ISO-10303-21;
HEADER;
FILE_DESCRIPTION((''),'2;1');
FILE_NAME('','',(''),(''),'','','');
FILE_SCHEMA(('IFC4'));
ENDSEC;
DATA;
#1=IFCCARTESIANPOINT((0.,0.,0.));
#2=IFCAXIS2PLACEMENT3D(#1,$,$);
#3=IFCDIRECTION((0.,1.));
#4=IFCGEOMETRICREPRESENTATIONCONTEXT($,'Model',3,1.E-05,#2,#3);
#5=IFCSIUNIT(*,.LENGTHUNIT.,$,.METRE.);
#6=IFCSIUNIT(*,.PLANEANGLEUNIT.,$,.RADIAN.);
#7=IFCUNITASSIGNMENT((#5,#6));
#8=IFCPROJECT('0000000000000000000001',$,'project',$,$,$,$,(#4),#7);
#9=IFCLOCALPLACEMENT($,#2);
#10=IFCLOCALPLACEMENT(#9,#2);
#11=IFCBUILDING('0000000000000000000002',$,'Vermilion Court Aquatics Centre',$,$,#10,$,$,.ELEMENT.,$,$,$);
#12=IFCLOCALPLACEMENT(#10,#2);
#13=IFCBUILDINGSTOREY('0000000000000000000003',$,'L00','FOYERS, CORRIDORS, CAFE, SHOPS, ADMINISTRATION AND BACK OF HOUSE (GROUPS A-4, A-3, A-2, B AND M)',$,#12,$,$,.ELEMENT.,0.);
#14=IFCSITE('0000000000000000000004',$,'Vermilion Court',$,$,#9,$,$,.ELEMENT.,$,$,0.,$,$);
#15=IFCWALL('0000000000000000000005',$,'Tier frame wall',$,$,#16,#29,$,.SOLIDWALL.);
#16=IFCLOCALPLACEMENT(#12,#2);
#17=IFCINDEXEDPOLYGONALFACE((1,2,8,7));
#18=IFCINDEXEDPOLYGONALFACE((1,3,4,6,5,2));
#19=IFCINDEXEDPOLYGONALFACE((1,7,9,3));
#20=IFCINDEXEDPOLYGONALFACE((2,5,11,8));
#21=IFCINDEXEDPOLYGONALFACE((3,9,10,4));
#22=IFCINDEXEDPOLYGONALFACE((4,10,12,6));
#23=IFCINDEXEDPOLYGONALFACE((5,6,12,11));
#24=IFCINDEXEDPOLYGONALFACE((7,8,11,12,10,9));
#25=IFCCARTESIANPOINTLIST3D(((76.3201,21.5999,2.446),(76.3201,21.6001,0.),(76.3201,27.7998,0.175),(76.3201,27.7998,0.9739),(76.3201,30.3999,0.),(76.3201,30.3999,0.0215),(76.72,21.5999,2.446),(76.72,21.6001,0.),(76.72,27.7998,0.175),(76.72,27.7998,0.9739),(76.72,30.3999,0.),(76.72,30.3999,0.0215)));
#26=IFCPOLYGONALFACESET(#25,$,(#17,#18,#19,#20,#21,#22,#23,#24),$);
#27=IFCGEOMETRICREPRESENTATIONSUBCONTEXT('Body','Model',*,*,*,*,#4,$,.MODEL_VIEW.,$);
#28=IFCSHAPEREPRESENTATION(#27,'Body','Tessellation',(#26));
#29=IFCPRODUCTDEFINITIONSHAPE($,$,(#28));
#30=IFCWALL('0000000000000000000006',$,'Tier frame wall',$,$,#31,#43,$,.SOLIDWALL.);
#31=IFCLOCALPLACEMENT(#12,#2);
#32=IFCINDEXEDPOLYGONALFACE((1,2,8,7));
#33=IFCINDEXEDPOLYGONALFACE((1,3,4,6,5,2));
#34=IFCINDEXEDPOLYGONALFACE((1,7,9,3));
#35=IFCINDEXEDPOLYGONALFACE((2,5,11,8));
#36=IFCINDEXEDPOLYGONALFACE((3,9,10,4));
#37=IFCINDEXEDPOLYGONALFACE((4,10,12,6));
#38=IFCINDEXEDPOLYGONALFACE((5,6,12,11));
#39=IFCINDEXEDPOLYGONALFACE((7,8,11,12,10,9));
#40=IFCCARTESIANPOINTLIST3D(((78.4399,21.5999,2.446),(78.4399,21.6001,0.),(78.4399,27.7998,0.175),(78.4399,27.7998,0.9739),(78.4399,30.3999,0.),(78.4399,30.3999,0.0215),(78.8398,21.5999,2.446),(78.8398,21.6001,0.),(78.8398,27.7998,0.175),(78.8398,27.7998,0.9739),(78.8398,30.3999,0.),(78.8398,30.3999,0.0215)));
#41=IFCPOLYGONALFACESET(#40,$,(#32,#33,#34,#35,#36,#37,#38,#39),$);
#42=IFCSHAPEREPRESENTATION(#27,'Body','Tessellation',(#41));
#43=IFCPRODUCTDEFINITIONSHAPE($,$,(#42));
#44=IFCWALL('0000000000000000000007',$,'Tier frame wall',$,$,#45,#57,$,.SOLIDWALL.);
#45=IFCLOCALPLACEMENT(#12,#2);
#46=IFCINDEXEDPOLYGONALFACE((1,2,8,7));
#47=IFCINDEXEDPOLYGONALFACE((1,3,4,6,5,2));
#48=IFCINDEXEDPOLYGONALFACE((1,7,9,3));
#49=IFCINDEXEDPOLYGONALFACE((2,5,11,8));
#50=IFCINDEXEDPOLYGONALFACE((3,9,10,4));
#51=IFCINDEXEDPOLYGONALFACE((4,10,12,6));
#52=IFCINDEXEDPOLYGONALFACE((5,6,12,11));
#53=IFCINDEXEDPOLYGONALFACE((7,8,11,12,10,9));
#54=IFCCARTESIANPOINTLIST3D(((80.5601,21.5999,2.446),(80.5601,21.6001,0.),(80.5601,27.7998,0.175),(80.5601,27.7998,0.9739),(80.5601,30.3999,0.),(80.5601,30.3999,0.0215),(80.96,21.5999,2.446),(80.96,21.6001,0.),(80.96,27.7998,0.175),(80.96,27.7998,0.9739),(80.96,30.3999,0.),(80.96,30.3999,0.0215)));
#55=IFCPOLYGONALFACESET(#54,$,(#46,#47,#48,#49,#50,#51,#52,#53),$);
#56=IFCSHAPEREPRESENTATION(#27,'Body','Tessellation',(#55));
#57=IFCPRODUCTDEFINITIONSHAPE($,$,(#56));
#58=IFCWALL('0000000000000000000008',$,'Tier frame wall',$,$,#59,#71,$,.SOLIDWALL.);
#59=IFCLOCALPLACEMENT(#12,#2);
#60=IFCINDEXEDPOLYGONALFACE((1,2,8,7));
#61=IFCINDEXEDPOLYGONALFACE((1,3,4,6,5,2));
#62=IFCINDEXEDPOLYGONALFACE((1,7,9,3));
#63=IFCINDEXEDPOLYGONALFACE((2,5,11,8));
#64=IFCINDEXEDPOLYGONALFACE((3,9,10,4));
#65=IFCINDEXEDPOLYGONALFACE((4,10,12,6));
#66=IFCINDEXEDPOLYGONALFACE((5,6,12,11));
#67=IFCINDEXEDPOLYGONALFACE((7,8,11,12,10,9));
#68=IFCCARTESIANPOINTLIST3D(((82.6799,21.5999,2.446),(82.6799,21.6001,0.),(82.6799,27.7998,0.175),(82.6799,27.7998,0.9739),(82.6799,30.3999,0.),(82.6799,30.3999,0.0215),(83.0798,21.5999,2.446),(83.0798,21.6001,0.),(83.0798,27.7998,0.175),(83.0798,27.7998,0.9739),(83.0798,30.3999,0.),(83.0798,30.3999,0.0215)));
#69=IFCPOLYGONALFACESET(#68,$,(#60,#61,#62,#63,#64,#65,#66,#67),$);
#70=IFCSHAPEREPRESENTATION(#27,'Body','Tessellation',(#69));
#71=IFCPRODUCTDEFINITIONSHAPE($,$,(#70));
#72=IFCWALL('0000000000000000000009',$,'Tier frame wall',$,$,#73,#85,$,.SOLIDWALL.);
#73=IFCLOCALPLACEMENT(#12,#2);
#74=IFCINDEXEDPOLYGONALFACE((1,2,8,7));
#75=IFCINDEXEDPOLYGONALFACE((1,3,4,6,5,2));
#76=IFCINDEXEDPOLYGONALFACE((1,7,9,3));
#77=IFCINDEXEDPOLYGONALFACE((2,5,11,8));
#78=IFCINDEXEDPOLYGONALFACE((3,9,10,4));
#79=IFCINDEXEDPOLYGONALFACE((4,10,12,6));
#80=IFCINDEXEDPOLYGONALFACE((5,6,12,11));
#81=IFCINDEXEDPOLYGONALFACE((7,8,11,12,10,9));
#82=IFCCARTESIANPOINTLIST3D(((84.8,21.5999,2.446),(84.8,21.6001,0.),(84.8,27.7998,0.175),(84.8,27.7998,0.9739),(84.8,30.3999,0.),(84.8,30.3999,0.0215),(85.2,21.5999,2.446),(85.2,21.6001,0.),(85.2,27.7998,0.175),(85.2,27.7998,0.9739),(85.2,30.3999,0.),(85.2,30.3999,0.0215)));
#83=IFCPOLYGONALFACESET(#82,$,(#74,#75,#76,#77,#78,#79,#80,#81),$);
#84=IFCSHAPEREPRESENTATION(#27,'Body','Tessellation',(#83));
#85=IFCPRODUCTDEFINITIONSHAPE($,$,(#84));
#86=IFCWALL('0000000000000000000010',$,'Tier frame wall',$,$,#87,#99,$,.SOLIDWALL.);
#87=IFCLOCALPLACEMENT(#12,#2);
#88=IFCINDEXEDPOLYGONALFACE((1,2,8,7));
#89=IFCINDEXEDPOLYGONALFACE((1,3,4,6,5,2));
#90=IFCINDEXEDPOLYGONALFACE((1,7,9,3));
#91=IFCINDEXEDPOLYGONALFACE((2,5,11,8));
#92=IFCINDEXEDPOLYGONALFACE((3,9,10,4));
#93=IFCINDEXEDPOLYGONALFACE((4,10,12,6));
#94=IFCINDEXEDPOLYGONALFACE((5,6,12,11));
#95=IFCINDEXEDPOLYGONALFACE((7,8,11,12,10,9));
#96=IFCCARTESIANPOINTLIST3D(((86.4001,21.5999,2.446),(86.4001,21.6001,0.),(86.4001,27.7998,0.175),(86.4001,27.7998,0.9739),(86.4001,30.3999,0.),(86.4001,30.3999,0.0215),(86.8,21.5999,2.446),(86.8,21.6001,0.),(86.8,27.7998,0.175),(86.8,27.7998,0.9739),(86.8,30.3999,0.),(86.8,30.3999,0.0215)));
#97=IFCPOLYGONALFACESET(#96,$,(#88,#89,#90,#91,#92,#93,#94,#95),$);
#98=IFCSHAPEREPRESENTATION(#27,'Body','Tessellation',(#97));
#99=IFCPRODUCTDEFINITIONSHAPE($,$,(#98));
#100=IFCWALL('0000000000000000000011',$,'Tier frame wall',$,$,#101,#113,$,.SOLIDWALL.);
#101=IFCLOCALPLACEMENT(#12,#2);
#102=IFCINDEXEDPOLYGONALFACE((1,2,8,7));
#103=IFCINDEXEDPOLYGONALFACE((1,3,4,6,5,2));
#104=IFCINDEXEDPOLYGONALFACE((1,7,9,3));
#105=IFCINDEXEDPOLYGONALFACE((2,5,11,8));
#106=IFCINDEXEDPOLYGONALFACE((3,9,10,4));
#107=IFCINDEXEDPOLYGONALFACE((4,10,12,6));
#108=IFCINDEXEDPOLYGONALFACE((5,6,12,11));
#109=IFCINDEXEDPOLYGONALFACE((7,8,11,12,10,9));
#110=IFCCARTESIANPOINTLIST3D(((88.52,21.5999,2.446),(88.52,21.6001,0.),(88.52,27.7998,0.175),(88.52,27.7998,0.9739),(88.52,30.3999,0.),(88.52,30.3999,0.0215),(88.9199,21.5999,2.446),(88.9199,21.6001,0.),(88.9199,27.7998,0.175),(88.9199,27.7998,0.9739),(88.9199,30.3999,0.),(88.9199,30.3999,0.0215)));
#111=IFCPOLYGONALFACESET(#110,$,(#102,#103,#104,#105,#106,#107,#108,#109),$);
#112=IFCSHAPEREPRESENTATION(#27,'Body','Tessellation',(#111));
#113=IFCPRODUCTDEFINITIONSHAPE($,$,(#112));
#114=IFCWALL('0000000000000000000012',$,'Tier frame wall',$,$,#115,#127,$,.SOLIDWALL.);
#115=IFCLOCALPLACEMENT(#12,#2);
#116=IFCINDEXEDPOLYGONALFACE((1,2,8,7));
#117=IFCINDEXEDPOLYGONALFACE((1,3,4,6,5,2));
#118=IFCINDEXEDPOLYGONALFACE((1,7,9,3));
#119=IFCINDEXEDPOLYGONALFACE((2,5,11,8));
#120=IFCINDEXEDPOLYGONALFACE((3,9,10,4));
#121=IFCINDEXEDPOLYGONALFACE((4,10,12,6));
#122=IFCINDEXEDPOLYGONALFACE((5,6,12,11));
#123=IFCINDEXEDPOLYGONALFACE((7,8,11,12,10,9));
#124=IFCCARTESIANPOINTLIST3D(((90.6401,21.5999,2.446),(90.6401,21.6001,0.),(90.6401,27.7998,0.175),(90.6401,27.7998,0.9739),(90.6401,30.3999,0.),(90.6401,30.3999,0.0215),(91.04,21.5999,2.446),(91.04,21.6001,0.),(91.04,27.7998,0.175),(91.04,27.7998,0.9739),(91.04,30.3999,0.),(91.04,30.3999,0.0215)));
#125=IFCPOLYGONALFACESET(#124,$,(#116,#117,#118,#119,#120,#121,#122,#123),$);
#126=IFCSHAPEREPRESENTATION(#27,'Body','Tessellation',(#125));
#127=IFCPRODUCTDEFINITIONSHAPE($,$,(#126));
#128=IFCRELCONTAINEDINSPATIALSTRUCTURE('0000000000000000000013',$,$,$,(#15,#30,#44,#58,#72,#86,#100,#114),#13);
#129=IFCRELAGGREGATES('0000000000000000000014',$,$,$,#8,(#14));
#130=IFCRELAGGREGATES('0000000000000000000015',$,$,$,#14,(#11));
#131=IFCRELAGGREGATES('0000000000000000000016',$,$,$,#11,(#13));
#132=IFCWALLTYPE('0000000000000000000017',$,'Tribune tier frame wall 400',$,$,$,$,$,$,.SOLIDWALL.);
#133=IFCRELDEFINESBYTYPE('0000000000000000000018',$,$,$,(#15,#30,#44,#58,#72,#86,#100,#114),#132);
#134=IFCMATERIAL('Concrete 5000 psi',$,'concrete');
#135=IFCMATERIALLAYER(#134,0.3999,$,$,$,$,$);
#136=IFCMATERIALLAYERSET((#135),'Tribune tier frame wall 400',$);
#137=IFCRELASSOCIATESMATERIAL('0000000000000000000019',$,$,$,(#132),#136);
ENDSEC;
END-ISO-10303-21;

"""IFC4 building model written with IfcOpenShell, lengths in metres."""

from ifc_helpers import new_model, si_unit, direction, frame, origin, place, context, subcontext, project, spatial, polyline, outline, extrude, material, layer, layer_set, type_object, element, save


model = new_model("IFC4")

# Units and contexts
model_context = context("Model", 3, precision=1e-05, world=origin(), true_north=direction((0.0, 1.0)))
body_context = subcontext(model_context, "Body", "Model", "MODEL_VIEW")
ifc_project = project(units=[si_unit("LENGTHUNIT", "METRE"), si_unit("PLANEANGLEUNIT", "RADIAN")], contexts=[model_context])

# Site, building, storey
site_placement = place(None, origin())
site = spatial("IfcSite", under=ifc_project, at=site_placement, Name="Vermilion Court", CompositionType="ELEMENT", RefElevation=0.0)
building_placement = place(site_placement, origin())
building = spatial("IfcBuilding", under=site, at=building_placement, Name="Vermilion Court Aquatics Centre", CompositionType="ELEMENT")
storey_placement = place(building_placement, origin())
storey = spatial("IfcBuildingStorey", under=building, at=storey_placement, Name="L00", Description="FOYERS, CORRIDORS, CAFE, SHOPS, ADMINISTRATION AND BACK OF HOUSE (GROUPS A-4, A-3, A-2, B AND M)", CompositionType="ELEMENT", Elevation=0.0)

# Walls
ifc_material_1 = material(Name="Concrete 5000 psi", Category="concrete")
ifc_layer_1 = layer(ifc_material_1, 0.3999)
ifc_layer_set_1 = layer_set([ifc_layer_1], Name="Tribune tier frame wall 400")
wall_type_1 = type_object("IfcWallType", Name="Tribune tier frame wall 400", PredefinedType="SOLIDWALL", material=ifc_layer_set_1)
for number, where, z_axis, x_axis, name in (
    (1, (76.52, 30.3999, 0.0), (0.0, 0.0, 1.0), (0.0, -1.0, 0.0), "Tier frame wall"),
    (2, (78.6399, 30.3999, 0.0), (0.0, 0.0, 1.0), (0.0, -1.0, 0.0), "Tier frame wall"),
    (3, (80.76, 30.3999, 0.0), (0.0, 0.0, 1.0), (0.0, -1.0, 0.0), "Tier frame wall"),
    (4, (82.8799, 30.3999, 0.0), (0.0, 0.0, 1.0), (0.0, -1.0, 0.0), "Tier frame wall"),
    (5, (85.0, 30.3999, 0.0), (0.0, 0.0, 1.0), (0.0, -1.0, 0.0), "Tier frame wall"),
    (6, (86.6001, 30.3999, 0.0), (0.0, 0.0, 1.0), (0.0, -1.0, 0.0), "Tier frame wall"),
    (7, (88.72, 30.3999, 0.0), (0.0, 0.0, 1.0), (0.0, -1.0, 0.0), "Tier frame wall"),
    (8, (90.8401, 30.3999, 0.0), (0.0, 0.0, 1.0), (0.0, -1.0, 0.0), "Tier frame wall"),
):
    element("IfcWall", number, at=place(storey_placement, frame(where, z_axis=z_axis, x_axis=x_axis)), inside=storey, type_object=wall_type_1, Name=name, PredefinedType="SOLIDWALL", context=body_context, shape_type="SweptSolid", body=[
        extrude(outline(polyline([(0.0, 0.0), (8.7998, 0.0), (8.8, 2.446), (2.6001, 0.175), (2.6001, 0.9739), (0.0, 0.0215), (0.0, 0.0)])), frame((0.0, 0.2, 0.0), z_axis=(0.0, -1.0, 0.0), x_axis=(1.0, 0.0, 0.0)), (0.0, 0.0, 1.0), 0.3999),
    ])

save(model, "model.ifc")
